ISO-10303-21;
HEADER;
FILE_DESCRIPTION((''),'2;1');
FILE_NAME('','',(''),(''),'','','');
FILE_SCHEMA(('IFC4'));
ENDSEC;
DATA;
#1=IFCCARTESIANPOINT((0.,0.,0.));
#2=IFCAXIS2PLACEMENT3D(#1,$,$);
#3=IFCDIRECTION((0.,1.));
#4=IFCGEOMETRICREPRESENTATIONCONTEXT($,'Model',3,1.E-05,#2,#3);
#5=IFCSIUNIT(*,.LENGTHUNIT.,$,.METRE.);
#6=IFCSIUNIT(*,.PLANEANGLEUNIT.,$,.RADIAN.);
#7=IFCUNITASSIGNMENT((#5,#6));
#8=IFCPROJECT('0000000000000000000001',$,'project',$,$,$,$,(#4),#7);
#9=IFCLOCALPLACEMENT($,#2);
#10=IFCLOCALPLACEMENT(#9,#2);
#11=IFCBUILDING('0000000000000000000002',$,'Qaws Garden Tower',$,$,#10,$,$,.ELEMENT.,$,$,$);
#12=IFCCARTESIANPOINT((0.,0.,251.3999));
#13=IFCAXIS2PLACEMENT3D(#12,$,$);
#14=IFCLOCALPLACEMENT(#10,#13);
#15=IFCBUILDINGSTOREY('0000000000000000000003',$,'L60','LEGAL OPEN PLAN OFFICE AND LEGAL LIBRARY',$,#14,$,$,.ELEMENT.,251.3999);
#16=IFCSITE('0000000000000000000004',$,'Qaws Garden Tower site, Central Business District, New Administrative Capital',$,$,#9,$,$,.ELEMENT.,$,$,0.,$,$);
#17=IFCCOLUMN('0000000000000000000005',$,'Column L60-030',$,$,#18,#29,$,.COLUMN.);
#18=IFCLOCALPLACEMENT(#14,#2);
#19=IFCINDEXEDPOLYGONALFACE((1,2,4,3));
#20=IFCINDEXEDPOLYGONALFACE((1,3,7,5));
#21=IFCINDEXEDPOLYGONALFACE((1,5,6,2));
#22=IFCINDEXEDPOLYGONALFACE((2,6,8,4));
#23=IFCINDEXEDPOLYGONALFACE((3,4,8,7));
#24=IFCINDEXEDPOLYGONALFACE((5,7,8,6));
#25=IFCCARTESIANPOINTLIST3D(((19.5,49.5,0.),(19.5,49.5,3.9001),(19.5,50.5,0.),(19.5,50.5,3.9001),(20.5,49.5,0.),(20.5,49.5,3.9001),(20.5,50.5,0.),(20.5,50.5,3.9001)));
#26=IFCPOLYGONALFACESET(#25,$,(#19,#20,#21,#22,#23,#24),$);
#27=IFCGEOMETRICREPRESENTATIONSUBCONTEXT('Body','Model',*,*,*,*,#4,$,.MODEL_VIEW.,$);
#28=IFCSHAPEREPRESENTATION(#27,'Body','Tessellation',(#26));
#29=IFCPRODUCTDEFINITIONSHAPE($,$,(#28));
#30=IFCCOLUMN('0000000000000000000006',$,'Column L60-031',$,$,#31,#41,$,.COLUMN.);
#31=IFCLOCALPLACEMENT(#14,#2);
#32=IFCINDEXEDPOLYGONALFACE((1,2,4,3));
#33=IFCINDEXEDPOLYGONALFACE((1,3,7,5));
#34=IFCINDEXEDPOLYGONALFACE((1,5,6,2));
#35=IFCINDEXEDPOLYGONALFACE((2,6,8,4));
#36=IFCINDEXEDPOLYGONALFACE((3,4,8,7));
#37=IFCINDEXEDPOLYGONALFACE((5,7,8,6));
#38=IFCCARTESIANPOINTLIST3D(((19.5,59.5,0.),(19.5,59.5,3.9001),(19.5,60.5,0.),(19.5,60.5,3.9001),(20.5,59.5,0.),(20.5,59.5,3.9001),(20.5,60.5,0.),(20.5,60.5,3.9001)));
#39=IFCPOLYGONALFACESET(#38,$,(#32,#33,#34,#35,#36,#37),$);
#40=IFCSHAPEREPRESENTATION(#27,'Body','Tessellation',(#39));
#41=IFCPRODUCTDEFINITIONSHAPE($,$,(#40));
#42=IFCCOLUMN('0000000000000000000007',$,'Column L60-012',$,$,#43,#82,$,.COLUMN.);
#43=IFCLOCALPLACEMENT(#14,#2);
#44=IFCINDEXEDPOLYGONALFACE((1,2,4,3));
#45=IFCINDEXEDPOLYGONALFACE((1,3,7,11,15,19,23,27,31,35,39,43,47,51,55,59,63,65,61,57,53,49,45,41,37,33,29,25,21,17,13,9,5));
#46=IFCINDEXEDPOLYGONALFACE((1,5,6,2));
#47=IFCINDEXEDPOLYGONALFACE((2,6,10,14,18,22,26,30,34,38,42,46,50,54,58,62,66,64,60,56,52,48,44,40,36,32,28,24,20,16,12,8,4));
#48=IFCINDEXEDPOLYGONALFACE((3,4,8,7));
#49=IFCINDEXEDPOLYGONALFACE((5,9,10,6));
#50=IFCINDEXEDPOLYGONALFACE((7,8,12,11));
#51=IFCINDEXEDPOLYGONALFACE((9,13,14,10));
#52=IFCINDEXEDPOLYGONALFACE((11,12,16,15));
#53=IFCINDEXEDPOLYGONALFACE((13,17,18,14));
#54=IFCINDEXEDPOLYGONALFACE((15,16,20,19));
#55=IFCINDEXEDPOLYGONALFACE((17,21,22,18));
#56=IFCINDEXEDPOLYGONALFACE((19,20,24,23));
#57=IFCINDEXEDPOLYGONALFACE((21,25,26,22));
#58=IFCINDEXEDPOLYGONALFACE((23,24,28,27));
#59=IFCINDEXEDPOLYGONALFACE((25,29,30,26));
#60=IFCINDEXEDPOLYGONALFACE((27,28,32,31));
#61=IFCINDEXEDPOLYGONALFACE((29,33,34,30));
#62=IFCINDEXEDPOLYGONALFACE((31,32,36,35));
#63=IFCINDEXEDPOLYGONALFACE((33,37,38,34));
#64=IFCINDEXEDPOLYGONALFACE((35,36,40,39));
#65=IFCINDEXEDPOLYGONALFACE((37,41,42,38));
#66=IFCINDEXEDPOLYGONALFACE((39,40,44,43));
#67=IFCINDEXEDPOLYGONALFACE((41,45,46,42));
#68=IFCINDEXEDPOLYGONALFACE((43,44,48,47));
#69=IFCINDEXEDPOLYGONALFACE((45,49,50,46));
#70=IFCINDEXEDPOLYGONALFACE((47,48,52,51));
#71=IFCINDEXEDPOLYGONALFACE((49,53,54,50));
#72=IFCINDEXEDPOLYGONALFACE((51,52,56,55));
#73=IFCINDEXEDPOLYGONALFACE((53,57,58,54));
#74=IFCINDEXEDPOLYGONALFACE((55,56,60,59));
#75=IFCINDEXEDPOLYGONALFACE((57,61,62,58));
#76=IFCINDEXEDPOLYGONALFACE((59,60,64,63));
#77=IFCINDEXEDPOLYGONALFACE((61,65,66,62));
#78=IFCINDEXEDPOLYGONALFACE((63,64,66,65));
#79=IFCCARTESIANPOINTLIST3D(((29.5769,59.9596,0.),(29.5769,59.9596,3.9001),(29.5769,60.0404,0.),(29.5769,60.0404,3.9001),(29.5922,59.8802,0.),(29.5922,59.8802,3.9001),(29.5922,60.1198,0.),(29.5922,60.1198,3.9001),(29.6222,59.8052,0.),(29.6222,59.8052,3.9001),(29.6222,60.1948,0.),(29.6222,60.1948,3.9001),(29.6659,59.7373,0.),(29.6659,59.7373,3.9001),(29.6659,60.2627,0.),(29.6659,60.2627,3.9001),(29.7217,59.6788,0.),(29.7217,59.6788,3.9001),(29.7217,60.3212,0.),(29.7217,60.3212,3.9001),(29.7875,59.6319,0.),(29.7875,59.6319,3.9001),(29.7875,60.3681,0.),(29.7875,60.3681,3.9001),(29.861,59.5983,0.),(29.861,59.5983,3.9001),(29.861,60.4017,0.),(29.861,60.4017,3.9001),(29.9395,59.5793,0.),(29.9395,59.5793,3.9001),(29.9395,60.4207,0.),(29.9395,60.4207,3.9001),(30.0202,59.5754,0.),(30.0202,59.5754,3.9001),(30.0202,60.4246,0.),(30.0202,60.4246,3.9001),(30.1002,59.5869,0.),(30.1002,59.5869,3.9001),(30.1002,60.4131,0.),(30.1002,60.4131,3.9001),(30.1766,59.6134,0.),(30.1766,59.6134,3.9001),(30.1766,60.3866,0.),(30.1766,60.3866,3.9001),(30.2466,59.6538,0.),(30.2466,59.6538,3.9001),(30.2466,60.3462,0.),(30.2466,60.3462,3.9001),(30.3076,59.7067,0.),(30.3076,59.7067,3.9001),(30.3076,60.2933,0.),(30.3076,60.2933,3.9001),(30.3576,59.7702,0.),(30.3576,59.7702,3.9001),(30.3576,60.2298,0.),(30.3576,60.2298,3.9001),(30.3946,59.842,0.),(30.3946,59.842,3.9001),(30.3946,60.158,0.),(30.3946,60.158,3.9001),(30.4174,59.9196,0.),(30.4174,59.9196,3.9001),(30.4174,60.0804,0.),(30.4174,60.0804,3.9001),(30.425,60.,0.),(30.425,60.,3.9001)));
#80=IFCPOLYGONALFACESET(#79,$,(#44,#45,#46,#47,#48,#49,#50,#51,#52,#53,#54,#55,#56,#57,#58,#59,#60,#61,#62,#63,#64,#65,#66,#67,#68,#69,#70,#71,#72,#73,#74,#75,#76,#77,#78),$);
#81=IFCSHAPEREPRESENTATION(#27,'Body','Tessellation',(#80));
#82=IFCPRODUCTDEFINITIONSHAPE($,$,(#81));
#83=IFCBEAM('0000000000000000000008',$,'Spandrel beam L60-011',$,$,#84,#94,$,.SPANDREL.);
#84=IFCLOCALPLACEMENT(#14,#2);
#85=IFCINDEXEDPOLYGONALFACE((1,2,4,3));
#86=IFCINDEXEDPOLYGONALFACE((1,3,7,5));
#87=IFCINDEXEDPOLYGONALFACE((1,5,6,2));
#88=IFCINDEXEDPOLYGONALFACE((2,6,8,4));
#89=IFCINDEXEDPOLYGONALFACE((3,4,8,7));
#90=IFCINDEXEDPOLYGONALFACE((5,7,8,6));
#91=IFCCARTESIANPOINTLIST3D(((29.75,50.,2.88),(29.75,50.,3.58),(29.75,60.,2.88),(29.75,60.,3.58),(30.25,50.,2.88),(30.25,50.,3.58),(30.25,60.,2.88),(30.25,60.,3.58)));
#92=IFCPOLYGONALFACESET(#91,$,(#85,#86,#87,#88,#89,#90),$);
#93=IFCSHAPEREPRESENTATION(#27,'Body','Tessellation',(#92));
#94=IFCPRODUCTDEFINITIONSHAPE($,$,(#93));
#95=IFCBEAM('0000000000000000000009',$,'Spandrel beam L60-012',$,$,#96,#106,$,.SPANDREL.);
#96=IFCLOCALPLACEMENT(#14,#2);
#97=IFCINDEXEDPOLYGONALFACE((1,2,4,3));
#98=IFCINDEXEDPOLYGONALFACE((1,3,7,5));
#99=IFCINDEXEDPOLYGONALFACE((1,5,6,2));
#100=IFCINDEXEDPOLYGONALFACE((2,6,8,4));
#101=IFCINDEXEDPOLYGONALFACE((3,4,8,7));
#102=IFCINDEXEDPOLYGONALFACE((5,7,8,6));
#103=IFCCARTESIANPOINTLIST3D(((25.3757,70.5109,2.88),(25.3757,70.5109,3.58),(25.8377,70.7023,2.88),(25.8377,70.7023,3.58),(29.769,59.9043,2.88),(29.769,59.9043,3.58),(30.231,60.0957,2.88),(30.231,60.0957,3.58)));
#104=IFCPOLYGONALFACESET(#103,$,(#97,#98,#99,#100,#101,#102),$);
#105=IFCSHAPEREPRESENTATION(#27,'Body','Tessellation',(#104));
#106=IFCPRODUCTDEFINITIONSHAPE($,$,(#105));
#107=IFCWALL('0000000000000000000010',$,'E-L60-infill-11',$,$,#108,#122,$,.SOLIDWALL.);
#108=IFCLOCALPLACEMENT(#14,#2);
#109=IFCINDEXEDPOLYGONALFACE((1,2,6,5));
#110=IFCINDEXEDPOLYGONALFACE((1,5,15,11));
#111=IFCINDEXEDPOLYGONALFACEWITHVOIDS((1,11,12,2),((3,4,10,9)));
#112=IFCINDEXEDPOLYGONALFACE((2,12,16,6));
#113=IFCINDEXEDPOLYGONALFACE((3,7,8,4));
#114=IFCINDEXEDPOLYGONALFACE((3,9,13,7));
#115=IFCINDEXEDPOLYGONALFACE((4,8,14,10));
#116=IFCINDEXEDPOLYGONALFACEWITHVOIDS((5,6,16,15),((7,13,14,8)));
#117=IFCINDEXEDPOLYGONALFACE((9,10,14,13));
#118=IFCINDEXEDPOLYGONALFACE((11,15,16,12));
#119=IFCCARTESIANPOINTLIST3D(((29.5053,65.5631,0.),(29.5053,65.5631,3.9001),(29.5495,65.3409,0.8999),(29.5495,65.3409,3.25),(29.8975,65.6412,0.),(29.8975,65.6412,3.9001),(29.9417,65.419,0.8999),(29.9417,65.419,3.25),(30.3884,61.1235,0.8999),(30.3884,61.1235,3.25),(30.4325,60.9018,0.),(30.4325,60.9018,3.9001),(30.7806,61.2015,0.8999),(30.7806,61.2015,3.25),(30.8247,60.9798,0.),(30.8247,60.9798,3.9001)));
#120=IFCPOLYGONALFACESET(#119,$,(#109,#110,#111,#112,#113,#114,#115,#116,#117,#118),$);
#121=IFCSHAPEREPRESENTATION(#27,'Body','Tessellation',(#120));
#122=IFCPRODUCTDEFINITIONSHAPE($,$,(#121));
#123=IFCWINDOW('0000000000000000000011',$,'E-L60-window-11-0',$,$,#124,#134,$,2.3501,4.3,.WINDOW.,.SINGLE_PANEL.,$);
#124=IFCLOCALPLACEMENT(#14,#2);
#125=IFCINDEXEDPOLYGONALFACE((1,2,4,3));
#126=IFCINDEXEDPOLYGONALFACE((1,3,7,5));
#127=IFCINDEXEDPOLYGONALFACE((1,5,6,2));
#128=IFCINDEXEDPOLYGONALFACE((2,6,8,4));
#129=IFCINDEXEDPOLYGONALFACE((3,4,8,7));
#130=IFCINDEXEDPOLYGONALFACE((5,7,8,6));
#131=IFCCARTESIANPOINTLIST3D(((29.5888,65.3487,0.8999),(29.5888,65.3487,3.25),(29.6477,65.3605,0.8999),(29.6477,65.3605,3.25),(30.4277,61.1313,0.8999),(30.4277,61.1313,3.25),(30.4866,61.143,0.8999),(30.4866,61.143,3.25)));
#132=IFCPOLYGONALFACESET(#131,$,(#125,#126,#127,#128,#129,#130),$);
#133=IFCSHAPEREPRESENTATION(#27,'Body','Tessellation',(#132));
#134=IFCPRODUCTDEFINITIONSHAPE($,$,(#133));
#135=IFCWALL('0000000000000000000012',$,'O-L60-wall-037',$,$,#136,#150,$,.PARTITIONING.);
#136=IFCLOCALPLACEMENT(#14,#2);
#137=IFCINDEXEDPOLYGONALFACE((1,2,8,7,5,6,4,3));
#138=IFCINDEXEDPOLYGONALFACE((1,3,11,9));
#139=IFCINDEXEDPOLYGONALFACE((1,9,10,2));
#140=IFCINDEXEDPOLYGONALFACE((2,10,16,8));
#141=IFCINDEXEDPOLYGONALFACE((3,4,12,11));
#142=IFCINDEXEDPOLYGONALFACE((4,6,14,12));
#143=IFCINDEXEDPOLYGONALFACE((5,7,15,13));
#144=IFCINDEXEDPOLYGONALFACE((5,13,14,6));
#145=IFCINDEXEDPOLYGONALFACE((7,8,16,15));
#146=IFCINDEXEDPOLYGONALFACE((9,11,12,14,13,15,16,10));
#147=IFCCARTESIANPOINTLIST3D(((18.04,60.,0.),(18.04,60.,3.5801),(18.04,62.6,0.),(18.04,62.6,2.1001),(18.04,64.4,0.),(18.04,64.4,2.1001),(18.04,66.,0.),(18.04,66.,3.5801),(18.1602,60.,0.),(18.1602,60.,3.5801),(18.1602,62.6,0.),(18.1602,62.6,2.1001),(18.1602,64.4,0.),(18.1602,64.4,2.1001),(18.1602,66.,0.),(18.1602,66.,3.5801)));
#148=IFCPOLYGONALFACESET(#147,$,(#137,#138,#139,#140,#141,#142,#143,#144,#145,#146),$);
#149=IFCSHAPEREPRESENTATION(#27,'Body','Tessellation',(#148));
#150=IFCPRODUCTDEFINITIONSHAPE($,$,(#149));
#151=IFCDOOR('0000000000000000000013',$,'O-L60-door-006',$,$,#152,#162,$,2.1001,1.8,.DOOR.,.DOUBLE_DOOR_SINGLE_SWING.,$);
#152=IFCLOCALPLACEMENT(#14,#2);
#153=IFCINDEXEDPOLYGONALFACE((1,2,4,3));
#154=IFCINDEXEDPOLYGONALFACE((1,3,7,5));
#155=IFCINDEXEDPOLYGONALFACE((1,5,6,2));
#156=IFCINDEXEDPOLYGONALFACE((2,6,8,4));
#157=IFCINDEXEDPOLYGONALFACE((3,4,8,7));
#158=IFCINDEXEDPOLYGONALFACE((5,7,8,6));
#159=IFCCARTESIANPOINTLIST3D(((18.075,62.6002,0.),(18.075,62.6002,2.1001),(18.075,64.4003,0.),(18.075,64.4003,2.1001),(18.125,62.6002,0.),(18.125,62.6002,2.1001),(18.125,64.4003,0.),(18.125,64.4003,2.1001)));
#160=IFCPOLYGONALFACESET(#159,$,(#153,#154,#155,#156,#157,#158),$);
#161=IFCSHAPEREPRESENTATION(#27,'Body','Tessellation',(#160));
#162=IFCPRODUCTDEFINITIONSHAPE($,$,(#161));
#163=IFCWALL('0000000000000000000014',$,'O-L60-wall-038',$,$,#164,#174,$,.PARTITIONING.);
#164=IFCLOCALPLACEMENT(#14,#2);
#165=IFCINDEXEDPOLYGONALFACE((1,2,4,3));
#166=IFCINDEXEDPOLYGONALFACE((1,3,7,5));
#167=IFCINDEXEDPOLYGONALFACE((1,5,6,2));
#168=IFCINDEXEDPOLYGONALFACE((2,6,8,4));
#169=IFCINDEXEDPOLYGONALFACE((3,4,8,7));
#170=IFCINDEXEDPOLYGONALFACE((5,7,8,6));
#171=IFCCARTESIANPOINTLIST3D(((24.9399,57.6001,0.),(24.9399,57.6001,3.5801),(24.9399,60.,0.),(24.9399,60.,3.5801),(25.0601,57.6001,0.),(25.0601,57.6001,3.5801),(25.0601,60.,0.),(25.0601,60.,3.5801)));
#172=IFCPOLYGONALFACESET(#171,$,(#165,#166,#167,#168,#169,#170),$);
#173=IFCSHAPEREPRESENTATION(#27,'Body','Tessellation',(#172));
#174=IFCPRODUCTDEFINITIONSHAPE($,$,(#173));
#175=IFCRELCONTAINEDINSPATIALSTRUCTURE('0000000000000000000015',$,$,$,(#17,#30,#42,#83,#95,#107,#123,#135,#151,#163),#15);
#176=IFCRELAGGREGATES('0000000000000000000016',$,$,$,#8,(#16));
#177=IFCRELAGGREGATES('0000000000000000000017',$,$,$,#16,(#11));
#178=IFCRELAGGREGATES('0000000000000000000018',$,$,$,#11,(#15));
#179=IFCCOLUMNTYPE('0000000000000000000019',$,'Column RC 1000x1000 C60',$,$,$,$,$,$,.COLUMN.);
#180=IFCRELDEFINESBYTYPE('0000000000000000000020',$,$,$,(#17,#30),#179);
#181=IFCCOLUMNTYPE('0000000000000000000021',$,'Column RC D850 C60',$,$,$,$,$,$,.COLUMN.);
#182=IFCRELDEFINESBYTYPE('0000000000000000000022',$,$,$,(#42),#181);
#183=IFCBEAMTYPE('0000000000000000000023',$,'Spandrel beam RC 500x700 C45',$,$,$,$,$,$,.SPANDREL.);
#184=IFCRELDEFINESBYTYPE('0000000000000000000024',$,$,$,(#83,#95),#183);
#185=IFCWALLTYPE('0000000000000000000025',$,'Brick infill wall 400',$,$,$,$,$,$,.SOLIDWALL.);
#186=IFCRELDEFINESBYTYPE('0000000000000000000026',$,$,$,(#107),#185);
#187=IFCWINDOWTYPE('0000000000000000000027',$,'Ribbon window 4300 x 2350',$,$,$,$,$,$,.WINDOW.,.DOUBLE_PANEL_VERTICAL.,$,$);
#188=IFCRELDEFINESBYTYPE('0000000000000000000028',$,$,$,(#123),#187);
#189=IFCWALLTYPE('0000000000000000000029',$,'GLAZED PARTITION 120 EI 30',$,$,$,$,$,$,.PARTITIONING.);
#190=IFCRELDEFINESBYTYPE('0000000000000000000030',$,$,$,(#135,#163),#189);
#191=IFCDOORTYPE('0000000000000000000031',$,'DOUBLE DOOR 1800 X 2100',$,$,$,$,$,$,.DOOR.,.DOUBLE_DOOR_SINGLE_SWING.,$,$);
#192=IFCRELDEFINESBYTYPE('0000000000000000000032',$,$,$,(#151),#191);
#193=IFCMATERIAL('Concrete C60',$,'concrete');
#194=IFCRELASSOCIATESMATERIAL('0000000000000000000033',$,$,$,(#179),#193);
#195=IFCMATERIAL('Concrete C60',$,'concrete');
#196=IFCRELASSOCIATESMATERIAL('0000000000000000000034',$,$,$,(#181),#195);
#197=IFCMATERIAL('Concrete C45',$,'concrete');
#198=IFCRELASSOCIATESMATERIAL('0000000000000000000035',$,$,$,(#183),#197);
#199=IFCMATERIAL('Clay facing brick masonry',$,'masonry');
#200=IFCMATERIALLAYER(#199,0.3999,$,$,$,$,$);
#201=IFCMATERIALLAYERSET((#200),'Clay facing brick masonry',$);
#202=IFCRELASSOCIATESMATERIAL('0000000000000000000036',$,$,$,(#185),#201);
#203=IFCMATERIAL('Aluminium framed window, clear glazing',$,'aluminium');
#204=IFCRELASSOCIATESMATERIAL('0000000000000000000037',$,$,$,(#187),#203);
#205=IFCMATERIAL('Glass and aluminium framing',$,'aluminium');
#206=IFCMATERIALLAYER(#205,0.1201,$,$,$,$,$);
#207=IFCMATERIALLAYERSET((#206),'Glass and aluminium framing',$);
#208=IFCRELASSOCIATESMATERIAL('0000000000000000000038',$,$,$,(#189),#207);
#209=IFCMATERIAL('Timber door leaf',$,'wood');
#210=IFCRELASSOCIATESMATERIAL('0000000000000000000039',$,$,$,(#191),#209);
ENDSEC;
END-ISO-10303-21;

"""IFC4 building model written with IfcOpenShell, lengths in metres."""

from ifc_helpers import new_model, si_unit, direction, frame, frame_2d, origin, origin_2d, place, context, subcontext, project, spatial, rectangle, circle, extrude, material, layer, layer_set, material_profile, profile_set, type_object, element, fill, save


model = new_model("IFC4")

# Units and contexts
model_context = context("Model", 3, precision=1e-05, world=origin(), true_north=direction((0.0, 1.0)))
body_context = subcontext(model_context, "Body", "Model", "MODEL_VIEW")
ifc_project = project(units=[si_unit("LENGTHUNIT", "METRE"), si_unit("PLANEANGLEUNIT", "RADIAN")], contexts=[model_context])

# Site, building, storey
site_placement = place(None, origin())
site = spatial("IfcSite", under=ifc_project, at=site_placement, Name="Qaws Garden Tower site, Central Business District, New Administrative Capital", CompositionType="ELEMENT", RefElevation=0.0)
building_placement = place(site_placement, origin())
building = spatial("IfcBuilding", under=site, at=building_placement, Name="Qaws Garden Tower", CompositionType="ELEMENT")
storey_placement = place(building_placement, frame((0.0, 0.0, 251.3999)))
storey = spatial("IfcBuildingStorey", under=building, at=storey_placement, Name="L60", Description="LEGAL OPEN PLAN OFFICE AND LEGAL LIBRARY", CompositionType="ELEMENT", Elevation=251.3999)

# Columns
ifc_material_1 = material(Name="Concrete C60", Category="concrete")
ifc_material_profile_1 = material_profile(ifc_material_1, rectangle(XDim=1.0, YDim=1.0, at=origin_2d()), Name="RC 1000x1000")
ifc_profile_set_1 = profile_set([ifc_material_profile_1], Name="Concrete C60")
column_type_1 = type_object("IfcColumnType", Name="Column RC 1000x1000 C60", PredefinedType="COLUMN", material=ifc_profile_set_1)
for number, where, z_axis, x_axis, name in (
    (1, (20.0, 50.0, 0.0), (0.0, 0.0, 1.0), (1.0, 0.0, 0.0), "Column L60-030"),
    (2, (20.0, 60.0, 0.0), (0.0, 0.0, 1.0), (1.0, 0.0, 0.0), "Column L60-031"),
):
    element("IfcColumn", number, at=place(storey_placement, frame(where, z_axis=z_axis, x_axis=x_axis)), inside=storey, type_object=column_type_1, Name=name, PredefinedType="COLUMN", context=body_context, shape_type="SweptSolid", body=[
        extrude(rectangle(XDim=1.0, YDim=1.0, at=origin_2d()), origin(), (0.0, 0.0, 1.0), 3.9001),
    ])
ifc_material_2 = material(Name="Concrete C60", Category="concrete")
ifc_material_profile_2 = material_profile(ifc_material_2, circle(Radius=0.425, at=origin_2d()), Name="RC D850")
ifc_profile_set_2 = profile_set([ifc_material_profile_2], Name="Concrete C60")
column_type_2 = type_object("IfcColumnType", Name="Column RC D850 C60", PredefinedType="COLUMN", material=ifc_profile_set_2)
column_placement = place(storey_placement, frame((30.0, 60.0, 0.0), z_axis=(0.0, 0.0, 1.0), x_axis=(1.0, 0.0, 0.0)))
element("IfcColumn", 3, at=column_placement, inside=storey, type_object=column_type_2, Name="Column L60-012", PredefinedType="COLUMN", context=body_context, shape_type="SweptSolid", body=[
    extrude(circle(Radius=0.425, at=origin_2d()), origin(), (0.0, 0.0, 1.0), 3.9001),
])

# Beams
ifc_material_3 = material(Name="Concrete C45", Category="concrete")
ifc_material_profile_3 = material_profile(ifc_material_3, rectangle(XDim=0.5, YDim=0.7, at=origin_2d()), Name="RC 500x700")
ifc_profile_set_3 = profile_set([ifc_material_profile_3], Name="Concrete C45")
beam_type = type_object("IfcBeamType", Name="Spandrel beam RC 500x700 C45", PredefinedType="SPANDREL", material=ifc_profile_set_3)
beam_1_placement = place(storey_placement, frame((30.0, 50.0, 3.23), z_axis=(0.0, 1.0, 0.0), x_axis=(-1.0, 0.0, 0.0)))
element("IfcBeam", 4, at=beam_1_placement, inside=storey, type_object=beam_type, Name="Spandrel beam L60-011", PredefinedType="SPANDREL", context=body_context, shape_type="SweptSolid", body=[
    extrude(rectangle(XDim=0.5, YDim=0.7, at=origin_2d()), origin(), (0.0, 0.0, 1.0), 10.0),
])
beam_2_placement = place(storey_placement, frame((30.0, 60.0, 3.23), z_axis=(-0.382674, 0.923883, 0.0), x_axis=(-0.923883, -0.382674, 0.0)))
element("IfcBeam", 5, at=beam_2_placement, inside=storey, type_object=beam_type, Name="Spandrel beam L60-012", PredefinedType="SPANDREL", context=body_context, shape_type="SweptSolid", body=[
    extrude(rectangle(XDim=0.5, YDim=0.7, at=origin_2d()), origin(), (0.0, 0.0, 1.0), 11.4805),
])

# Wall, opening, window
ifc_material_4 = material(Name="Clay facing brick masonry", Category="masonry")
ifc_layer_1 = layer(ifc_material_4, 0.3999)
ifc_layer_set_1 = layer_set([ifc_layer_1], Name="Clay facing brick masonry")
wall_type_1 = type_object("IfcWallType", Name="Brick infill wall 400", PredefinedType="SOLIDWALL", material=ifc_layer_set_1)
wall_1_placement = place(storey_placement, frame((30.6287, 60.9407, 0.0), z_axis=(0.0, 0.0, 1.0), x_axis=(-0.195099, 0.980784, 0.0)))
wall_1 = element("IfcWall", 6, at=wall_1_placement, inside=storey, type_object=wall_type_1, Name="E-L60-infill-11", PredefinedType="SOLIDWALL", context=body_context, shape_type="SweptSolid", body=[
    extrude(rectangle(XDim=4.7527, YDim=0.3999, at=frame_2d((2.3765, 0.0))), origin(), (0.0, 0.0, 1.0), 3.9001),
])
opening_1_placement = place(wall_1_placement, frame((0.2263, 0.0, 0.8999)))
opening_1 = element("IfcOpeningElement", 7, at=opening_1_placement, cuts=wall_1, PredefinedType="OPENING", context=body_context, shape_type="SweptSolid", body=[
    extrude(rectangle(XDim=4.3, YDim=2.3501, at=frame_2d((2.1499, 1.175))), frame((0.0, 0.21, 0.0), z_axis=(0.0, -1.0, 0.0), x_axis=(1.0, 0.0, 0.0)), (0.0, 0.0, 1.0), 0.4199),
])
ifc_material_5 = material(Name="Aluminium framed window, clear glazing", Category="aluminium")
window_type = type_object("IfcWindowType", Name="Ribbon window 4300 x 2350", PartitioningType="DOUBLE_PANEL_VERTICAL", PredefinedType="WINDOW", material=ifc_material_5)
window_placement = place(opening_1_placement, origin())
window = element("IfcWindow", 8, at=window_placement, inside=storey, type_object=window_type, Name="E-L60-window-11-0", OverallHeight=2.3501, OverallWidth=4.3, PartitioningType="SINGLE_PANEL", PredefinedType="WINDOW", context=body_context, shape_type="SweptSolid", body=[
    extrude(rectangle(XDim=4.3, YDim=2.3501, at=frame_2d((2.1499, 1.175))), frame((0.0, 0.1599, 0.0), z_axis=(0.0, -1.0, 0.0), x_axis=(1.0, 0.0, 0.0)), (0.0, 0.0, 1.0), 0.0601),
])
fill(opening_1, window)

# Wall, opening, door
ifc_material_6 = material(Name="Glass and aluminium framing", Category="aluminium")
ifc_layer_2 = layer(ifc_material_6, 0.1201)
ifc_layer_set_2 = layer_set([ifc_layer_2], Name="Glass and aluminium framing")
wall_type_2 = type_object("IfcWallType", Name="GLAZED PARTITION 120 EI 30", PredefinedType="PARTITIONING", material=ifc_layer_set_2)
wall_2_placement = place(storey_placement, frame((18.1001, 60.0, 0.0), z_axis=(0.0, 0.0, 1.0), x_axis=(0.0, 1.0, 0.0)))
wall_2 = element("IfcWall", 9, at=wall_2_placement, inside=storey, type_object=wall_type_2, Name="O-L60-wall-037", PredefinedType="PARTITIONING", context=body_context, shape_type="SweptSolid", body=[
    extrude(rectangle(XDim=6.0, YDim=0.1201, at=frame_2d((3.0, 0.0))), origin(), (0.0, 0.0, 1.0), 3.5801),
])
opening_2_placement = place(wall_2_placement, frame((2.6001, 0.0, 0.0)))
opening_2 = element("IfcOpeningElement", 10, at=opening_2_placement, cuts=wall_2, PredefinedType="OPENING", context=body_context, shape_type="SweptSolid", body=[
    extrude(rectangle(XDim=1.8, YDim=2.1001, at=frame_2d((0.8999, 1.05))), frame((0.0, 0.0701, 0.0), z_axis=(0.0, -1.0, 0.0), x_axis=(1.0, 0.0, 0.0)), (0.0, 0.0, 1.0), 0.1401),
])
ifc_material_7 = material(Name="Timber door leaf", Category="wood")
door_type_1 = type_object("IfcDoorType", Name="DOUBLE DOOR 1800 X 2100", OperationType="DOUBLE_DOOR_SINGLE_SWING", PredefinedType="DOOR", material=ifc_material_7)
door_1_placement = place(opening_2_placement, frame((1.8, 0.0, 0.0), z_axis=(0.0, 0.0, 1.0), x_axis=(-1.0, 0.0, 0.0)))
door_1 = element("IfcDoor", 11, at=door_1_placement, inside=storey, type_object=door_type_1, Name="O-L60-door-006", OperationType="DOUBLE_DOOR_SINGLE_SWING", OverallHeight=2.1001, OverallWidth=1.8, PredefinedType="DOOR", context=body_context, shape_type="SweptSolid", body=[
    extrude(rectangle(XDim=1.8, YDim=2.1001, at=frame_2d((0.8999, 1.05))), frame((0.0, 0.0249, 0.0), z_axis=(0.0, -1.0, 0.0), x_axis=(1.0, 0.0, 0.0)), (0.0, 0.0, 1.0), 0.05),
])
fill(opening_2, door_1)

# Wall
wall_3_placement = place(storey_placement, frame((25.0, 57.6001, 0.0), z_axis=(0.0, 0.0, 1.0), x_axis=(0.0, 1.0, 0.0)))
element("IfcWall", 12, at=wall_3_placement, inside=storey, type_object=wall_type_2, Name="O-L60-wall-038", PredefinedType="PARTITIONING", context=body_context, shape_type="SweptSolid", body=[
    extrude(rectangle(XDim=2.3999, YDim=0.1201, at=frame_2d((1.2, 0.0))), origin(), (0.0, 0.0, 1.0), 3.5801),
])

save(model, "model.ifc")
